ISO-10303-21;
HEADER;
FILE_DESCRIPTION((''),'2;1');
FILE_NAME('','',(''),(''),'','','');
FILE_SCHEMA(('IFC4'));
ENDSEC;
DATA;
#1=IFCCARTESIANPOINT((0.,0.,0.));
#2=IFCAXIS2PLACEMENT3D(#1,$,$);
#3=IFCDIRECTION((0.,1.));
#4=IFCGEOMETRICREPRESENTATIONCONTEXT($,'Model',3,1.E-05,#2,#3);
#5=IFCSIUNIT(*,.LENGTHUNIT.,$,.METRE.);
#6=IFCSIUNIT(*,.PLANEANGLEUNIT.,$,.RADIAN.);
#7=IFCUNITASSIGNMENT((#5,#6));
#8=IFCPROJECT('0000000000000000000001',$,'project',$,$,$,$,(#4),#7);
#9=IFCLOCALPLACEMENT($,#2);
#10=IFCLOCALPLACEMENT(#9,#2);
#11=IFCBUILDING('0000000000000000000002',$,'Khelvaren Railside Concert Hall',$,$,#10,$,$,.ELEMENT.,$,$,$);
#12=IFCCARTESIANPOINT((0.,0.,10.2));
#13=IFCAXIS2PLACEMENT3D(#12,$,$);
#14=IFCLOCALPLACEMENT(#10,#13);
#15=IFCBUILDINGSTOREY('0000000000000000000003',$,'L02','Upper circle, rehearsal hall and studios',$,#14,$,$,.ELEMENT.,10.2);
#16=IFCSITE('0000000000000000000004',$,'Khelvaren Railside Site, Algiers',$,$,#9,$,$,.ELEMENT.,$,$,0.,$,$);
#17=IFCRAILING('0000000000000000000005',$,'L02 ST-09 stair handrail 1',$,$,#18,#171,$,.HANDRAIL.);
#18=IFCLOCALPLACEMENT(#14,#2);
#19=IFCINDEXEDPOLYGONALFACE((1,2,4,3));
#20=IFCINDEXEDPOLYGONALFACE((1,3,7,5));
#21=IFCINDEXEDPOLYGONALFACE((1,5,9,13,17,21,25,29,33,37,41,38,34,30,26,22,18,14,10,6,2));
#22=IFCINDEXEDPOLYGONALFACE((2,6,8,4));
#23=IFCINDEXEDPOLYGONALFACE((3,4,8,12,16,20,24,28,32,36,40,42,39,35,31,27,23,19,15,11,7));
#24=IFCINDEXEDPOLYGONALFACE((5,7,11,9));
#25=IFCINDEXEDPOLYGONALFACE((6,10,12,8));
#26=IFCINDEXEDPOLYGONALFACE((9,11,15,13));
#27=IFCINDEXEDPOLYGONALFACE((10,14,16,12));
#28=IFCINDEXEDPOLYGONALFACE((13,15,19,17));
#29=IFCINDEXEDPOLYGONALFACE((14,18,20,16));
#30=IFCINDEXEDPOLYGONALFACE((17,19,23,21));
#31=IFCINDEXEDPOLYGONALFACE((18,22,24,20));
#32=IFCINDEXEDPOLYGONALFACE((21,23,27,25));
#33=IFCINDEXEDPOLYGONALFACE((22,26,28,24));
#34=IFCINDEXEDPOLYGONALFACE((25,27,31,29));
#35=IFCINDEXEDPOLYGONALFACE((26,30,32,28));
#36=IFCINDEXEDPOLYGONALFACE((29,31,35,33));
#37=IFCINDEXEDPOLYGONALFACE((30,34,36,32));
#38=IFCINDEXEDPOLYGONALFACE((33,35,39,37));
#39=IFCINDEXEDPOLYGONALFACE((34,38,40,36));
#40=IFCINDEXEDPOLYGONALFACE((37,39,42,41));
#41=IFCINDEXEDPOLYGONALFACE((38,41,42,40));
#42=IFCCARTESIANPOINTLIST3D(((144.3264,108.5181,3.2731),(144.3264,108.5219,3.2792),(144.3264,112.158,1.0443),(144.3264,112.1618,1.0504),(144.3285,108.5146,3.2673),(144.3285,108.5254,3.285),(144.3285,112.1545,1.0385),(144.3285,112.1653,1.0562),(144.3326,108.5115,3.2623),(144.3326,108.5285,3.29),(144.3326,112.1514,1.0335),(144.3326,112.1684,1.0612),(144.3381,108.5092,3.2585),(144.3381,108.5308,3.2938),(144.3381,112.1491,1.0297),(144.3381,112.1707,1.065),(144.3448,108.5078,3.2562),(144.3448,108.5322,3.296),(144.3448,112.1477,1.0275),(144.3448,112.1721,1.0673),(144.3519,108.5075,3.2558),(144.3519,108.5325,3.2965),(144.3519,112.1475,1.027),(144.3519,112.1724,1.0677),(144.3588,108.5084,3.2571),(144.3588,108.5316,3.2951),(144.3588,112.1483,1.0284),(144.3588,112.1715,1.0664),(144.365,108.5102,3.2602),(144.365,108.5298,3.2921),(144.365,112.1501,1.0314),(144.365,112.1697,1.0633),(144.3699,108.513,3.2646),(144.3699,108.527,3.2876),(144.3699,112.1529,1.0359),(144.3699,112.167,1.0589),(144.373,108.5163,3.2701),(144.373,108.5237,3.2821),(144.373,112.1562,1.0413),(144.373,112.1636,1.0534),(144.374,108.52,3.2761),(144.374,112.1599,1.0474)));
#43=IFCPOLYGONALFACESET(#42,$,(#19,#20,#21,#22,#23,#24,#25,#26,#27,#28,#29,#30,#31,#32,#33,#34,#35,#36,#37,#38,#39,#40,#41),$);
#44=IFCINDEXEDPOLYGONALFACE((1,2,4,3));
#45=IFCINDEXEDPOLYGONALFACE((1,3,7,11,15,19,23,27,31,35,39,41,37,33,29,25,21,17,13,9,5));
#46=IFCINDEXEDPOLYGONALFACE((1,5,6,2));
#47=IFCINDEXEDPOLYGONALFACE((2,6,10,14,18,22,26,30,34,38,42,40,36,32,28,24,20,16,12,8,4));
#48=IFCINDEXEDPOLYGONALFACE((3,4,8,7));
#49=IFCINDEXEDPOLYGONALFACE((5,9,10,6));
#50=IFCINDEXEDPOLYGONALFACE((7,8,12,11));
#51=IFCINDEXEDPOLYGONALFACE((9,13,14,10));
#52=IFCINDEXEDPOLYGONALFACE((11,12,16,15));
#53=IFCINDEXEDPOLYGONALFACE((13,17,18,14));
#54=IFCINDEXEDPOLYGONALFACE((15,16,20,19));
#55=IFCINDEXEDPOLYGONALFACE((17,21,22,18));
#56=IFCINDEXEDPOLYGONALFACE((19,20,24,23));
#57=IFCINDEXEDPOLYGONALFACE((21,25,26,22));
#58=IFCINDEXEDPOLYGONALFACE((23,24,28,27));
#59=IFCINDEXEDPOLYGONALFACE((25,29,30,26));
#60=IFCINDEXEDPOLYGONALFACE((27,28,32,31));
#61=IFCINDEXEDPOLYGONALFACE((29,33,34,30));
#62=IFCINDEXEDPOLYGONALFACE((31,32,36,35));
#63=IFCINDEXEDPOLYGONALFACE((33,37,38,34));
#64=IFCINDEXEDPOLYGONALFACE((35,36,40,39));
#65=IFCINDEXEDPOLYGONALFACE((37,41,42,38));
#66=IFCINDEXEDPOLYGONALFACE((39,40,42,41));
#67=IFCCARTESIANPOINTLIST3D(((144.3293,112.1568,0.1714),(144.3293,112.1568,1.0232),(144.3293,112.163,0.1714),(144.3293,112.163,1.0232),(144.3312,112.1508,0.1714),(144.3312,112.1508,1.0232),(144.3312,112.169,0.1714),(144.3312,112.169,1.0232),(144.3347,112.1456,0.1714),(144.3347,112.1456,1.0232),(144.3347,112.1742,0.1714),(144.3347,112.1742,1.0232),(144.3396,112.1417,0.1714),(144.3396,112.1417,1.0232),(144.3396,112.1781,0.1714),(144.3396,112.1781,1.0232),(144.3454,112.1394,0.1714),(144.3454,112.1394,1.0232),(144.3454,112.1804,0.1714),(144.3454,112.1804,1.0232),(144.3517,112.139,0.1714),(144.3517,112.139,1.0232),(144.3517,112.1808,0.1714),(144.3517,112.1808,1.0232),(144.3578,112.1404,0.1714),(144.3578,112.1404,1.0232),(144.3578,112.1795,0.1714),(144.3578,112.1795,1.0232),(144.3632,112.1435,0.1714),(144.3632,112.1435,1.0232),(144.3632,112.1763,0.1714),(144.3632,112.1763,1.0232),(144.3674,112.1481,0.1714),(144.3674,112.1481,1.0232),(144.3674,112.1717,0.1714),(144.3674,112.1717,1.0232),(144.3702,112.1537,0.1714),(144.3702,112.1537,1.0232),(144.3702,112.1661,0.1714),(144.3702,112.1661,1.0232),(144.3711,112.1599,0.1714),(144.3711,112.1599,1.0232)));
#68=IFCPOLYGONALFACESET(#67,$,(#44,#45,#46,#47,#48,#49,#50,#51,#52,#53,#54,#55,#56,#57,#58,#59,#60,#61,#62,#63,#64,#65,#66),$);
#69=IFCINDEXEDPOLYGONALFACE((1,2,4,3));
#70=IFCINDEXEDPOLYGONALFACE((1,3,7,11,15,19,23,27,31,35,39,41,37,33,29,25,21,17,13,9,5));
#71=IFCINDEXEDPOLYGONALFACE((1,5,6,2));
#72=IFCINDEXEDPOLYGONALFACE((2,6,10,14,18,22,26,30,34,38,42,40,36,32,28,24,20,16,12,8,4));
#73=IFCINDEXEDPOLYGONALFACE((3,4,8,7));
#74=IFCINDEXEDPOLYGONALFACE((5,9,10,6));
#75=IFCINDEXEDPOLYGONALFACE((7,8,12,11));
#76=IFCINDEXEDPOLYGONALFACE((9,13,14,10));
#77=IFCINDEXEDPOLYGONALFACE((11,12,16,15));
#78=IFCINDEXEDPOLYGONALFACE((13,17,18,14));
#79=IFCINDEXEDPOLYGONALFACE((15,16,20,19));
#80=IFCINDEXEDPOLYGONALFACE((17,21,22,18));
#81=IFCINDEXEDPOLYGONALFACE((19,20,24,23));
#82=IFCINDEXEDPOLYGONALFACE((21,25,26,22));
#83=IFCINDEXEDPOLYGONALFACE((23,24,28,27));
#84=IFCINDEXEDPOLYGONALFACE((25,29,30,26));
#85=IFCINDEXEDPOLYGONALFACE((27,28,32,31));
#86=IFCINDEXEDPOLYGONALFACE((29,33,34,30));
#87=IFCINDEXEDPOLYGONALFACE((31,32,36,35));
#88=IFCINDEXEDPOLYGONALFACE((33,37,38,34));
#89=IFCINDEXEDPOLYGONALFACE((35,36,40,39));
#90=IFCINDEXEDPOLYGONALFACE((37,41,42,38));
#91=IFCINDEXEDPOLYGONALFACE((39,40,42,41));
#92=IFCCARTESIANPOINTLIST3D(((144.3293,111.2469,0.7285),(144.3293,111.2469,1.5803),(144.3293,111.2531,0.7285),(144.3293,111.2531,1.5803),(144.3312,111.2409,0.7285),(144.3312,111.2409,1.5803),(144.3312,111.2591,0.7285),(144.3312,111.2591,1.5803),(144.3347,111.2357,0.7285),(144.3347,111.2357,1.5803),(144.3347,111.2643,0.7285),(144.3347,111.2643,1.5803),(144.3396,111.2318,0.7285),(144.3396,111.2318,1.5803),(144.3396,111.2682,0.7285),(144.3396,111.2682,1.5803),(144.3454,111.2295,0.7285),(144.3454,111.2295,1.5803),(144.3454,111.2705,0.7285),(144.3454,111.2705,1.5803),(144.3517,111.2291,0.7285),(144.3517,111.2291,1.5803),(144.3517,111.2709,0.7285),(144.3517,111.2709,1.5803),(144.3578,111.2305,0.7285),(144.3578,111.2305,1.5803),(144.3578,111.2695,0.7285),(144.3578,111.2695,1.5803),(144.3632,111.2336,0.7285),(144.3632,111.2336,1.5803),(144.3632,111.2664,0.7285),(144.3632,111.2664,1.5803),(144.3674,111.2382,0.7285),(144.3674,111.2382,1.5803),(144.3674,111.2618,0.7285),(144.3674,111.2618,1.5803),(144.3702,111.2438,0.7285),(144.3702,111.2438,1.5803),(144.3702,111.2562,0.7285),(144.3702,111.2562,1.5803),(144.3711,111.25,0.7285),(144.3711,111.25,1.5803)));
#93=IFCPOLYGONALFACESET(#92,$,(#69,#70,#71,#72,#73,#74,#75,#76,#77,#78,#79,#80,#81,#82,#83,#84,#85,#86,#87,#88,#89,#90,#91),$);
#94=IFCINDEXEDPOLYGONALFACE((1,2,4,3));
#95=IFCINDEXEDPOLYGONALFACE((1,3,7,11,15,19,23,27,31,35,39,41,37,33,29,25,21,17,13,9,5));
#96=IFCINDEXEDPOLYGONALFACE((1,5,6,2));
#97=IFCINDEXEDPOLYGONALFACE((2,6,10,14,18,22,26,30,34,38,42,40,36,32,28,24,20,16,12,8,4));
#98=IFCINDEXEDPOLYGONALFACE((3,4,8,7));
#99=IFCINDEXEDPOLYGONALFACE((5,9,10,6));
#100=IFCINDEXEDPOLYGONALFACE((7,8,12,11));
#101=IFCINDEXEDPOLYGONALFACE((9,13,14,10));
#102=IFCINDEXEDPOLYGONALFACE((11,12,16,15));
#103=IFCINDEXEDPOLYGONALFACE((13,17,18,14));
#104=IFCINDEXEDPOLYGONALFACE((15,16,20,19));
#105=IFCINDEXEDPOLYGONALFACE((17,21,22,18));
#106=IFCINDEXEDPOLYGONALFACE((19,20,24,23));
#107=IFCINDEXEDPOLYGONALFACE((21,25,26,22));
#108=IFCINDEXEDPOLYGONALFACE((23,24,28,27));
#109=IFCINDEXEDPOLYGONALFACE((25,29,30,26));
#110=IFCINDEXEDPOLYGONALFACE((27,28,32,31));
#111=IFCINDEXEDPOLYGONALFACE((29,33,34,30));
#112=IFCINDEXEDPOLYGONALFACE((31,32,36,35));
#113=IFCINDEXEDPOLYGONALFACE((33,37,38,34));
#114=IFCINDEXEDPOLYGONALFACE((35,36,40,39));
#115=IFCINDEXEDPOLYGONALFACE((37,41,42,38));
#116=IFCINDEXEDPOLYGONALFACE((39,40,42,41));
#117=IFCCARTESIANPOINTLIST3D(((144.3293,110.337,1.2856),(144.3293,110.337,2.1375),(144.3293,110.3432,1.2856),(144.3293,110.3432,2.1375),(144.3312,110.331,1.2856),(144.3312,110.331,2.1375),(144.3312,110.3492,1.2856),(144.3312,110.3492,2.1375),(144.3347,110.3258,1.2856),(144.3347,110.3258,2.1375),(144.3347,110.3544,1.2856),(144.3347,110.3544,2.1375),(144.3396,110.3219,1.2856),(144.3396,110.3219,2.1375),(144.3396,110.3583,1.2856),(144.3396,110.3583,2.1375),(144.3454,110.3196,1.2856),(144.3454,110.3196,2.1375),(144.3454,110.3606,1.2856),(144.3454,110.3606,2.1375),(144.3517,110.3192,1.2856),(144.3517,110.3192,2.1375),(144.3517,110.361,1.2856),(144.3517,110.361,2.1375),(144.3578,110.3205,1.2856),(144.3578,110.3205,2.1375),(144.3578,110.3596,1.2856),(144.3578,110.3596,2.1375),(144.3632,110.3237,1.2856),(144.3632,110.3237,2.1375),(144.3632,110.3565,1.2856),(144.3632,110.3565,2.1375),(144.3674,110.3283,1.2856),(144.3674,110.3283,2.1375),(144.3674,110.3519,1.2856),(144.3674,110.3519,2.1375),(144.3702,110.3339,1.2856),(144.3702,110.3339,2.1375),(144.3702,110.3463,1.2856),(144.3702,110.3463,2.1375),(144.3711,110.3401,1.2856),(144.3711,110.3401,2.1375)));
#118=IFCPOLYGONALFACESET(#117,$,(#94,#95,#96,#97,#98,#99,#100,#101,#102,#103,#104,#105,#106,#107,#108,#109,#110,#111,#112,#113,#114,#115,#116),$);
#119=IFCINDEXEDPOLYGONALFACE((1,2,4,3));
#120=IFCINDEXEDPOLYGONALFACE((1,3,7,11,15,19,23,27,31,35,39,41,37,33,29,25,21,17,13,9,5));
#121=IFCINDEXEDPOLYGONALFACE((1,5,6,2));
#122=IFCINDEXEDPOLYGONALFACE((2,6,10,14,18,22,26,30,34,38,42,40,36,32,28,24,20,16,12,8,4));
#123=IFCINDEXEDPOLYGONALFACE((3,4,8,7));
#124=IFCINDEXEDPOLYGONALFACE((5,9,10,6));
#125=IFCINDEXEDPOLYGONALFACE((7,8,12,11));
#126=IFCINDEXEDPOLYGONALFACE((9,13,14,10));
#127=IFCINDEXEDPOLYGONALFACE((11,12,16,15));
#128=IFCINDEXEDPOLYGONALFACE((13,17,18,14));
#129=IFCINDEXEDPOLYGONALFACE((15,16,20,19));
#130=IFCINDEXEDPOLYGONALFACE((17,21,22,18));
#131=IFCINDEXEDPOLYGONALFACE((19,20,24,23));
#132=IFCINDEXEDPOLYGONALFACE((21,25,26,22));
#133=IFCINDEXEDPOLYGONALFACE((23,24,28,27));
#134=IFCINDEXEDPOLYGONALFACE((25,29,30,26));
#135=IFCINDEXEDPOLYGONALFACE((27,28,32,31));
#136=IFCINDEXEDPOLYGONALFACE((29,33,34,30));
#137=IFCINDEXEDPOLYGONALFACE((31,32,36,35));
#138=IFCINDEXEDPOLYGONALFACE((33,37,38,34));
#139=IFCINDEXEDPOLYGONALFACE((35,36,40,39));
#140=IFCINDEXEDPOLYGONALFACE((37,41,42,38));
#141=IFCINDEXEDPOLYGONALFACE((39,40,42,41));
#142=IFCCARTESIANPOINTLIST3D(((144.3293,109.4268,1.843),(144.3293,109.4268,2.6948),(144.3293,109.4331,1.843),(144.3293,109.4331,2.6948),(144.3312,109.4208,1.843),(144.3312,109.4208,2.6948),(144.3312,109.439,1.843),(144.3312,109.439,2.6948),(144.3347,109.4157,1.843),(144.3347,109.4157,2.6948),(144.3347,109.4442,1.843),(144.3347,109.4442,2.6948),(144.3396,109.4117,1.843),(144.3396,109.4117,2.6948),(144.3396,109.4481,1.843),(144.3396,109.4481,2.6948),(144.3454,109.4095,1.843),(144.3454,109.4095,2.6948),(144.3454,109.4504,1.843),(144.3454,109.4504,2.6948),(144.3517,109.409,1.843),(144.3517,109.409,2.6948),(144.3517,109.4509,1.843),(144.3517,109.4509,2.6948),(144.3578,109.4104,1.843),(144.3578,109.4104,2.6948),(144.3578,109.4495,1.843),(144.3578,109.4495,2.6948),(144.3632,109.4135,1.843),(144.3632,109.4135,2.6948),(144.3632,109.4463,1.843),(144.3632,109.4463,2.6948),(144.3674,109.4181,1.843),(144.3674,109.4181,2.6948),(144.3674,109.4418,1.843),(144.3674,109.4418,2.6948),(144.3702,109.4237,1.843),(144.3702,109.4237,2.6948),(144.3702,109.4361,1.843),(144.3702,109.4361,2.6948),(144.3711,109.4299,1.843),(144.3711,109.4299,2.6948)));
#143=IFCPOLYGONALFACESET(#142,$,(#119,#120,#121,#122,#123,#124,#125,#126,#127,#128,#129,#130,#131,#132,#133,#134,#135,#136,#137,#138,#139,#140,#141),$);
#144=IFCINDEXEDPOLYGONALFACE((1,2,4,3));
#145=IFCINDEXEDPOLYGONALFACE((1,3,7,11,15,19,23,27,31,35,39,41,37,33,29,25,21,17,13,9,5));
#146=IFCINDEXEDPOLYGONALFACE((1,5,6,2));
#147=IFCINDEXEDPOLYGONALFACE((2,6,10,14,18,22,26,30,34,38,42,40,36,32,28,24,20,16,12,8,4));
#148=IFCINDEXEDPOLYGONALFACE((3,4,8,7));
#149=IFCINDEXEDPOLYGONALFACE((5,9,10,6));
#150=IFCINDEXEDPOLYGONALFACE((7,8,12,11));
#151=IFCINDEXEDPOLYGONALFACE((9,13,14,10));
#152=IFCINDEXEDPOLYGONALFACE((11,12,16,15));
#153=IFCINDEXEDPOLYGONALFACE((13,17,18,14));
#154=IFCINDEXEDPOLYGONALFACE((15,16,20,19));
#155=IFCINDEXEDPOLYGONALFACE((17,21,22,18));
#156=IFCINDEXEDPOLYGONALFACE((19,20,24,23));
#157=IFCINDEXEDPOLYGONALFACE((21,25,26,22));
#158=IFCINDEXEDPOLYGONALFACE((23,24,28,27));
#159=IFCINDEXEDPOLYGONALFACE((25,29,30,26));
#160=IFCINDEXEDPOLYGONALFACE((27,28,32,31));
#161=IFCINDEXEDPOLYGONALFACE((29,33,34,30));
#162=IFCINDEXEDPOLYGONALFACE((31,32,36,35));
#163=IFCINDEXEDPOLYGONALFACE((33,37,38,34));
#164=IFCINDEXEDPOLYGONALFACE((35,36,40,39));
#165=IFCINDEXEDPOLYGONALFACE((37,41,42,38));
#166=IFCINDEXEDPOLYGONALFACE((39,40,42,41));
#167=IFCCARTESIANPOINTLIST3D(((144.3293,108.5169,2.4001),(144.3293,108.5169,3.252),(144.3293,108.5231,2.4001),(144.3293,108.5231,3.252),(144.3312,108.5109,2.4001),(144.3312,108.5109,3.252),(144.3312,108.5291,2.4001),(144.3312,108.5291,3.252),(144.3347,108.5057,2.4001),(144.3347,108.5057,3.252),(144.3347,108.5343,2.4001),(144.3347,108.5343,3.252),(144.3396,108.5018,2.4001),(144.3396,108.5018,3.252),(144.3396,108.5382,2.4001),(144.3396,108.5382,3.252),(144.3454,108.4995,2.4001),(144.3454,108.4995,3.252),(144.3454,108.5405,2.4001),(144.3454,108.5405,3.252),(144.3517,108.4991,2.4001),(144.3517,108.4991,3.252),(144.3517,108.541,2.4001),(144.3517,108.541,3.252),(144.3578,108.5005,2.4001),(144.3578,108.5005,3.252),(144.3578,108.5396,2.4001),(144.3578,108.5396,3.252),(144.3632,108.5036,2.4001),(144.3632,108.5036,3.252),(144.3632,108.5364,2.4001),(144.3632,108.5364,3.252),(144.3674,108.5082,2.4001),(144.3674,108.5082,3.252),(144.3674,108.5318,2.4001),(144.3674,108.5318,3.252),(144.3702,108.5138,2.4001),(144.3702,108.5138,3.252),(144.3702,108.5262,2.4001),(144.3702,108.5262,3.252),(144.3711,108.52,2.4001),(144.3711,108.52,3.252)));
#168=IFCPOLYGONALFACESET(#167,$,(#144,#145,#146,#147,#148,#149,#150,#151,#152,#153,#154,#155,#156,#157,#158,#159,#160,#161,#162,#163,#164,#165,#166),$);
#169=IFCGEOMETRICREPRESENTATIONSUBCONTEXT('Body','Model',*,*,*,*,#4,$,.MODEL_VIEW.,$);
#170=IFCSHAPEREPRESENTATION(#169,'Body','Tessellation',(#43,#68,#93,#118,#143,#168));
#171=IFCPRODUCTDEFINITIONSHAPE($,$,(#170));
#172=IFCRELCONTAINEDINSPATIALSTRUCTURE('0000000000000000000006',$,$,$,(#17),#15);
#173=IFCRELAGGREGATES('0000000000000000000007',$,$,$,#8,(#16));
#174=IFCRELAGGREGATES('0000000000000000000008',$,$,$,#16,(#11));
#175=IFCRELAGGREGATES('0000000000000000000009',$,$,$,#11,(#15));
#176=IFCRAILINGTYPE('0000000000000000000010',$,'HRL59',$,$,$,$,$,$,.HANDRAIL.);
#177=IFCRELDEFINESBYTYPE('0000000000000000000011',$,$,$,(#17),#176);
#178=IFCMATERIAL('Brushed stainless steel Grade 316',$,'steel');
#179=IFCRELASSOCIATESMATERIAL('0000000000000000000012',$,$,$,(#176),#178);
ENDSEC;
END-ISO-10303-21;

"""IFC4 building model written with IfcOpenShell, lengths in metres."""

from ifc_helpers import new_model, si_unit, direction, frame, origin, origin_2d, place, context, subcontext, project, spatial, circle, extrude, material, type_object, element, save


model = new_model("IFC4")

# Units and contexts
model_context = context("Model", 3, precision=1e-05, world=origin(), true_north=direction((0.0, 1.0)))
body_context = subcontext(model_context, "Body", "Model", "MODEL_VIEW")
ifc_project = project(units=[si_unit("LENGTHUNIT", "METRE"), si_unit("PLANEANGLEUNIT", "RADIAN")], contexts=[model_context])

# Site, building, storey
site_placement = place(None, origin())
site = spatial("IfcSite", under=ifc_project, at=site_placement, Name="Khelvaren Railside Site, Algiers", CompositionType="ELEMENT", RefElevation=0.0)
building_placement = place(site_placement, origin())
building = spatial("IfcBuilding", under=site, at=building_placement, Name="Khelvaren Railside Concert Hall", CompositionType="ELEMENT")
storey_placement = place(building_placement, frame((0.0, 0.0, 10.2)))
storey = spatial("IfcBuildingStorey", under=building, at=storey_placement, Name="L02", Description="Upper circle, rehearsal hall and studios", CompositionType="ELEMENT", Elevation=10.2)

# Railing
ifc_material_1 = material(Name="Brushed stainless steel Grade 316", Category="steel")
railing_type_1 = type_object("IfcRailingType", Name="HRL59", PredefinedType="HANDRAIL", material=ifc_material_1)
railing_1_placement = place(storey_placement, frame((144.3501, 112.1599, 0.1714)))
element("IfcRailing", 1, at=railing_1_placement, inside=storey, type_object=railing_type_1, Name="L02 ST-09 stair handrail 1", PredefinedType="HANDRAIL", context=body_context, shape_type="SweptSolid", body=[
    extrude(circle(Radius=0.0239, at=origin_2d()), frame((0.0, 0.0, 0.876), z_axis=(0.0, -0.852825, 0.522197), x_axis=(1.0, 0.0, 0.0)), (0.0, 0.0, 1.0), 4.2681),
    extrude(circle(Radius=0.021, at=origin_2d()), origin(), (0.0, 0.0, 1.0), 0.8518),
    extrude(circle(Radius=0.021, at=origin_2d()), frame((0.0, -0.9099, 0.5571)), (0.0, 0.0, 1.0), 0.8518),
    extrude(circle(Radius=0.021, at=origin_2d()), frame((0.0, -1.8198, 1.1143)), (0.0, 0.0, 1.0), 0.8518),
    extrude(circle(Radius=0.021, at=origin_2d()), frame((0.0, -2.73, 1.6716)), (0.0, 0.0, 1.0), 0.8518),
    extrude(circle(Radius=0.021, at=origin_2d()), frame((0.0, -3.6399, 2.2288)), (0.0, 0.0, 1.0), 0.8518),
])

save(model, "model.ifc")
